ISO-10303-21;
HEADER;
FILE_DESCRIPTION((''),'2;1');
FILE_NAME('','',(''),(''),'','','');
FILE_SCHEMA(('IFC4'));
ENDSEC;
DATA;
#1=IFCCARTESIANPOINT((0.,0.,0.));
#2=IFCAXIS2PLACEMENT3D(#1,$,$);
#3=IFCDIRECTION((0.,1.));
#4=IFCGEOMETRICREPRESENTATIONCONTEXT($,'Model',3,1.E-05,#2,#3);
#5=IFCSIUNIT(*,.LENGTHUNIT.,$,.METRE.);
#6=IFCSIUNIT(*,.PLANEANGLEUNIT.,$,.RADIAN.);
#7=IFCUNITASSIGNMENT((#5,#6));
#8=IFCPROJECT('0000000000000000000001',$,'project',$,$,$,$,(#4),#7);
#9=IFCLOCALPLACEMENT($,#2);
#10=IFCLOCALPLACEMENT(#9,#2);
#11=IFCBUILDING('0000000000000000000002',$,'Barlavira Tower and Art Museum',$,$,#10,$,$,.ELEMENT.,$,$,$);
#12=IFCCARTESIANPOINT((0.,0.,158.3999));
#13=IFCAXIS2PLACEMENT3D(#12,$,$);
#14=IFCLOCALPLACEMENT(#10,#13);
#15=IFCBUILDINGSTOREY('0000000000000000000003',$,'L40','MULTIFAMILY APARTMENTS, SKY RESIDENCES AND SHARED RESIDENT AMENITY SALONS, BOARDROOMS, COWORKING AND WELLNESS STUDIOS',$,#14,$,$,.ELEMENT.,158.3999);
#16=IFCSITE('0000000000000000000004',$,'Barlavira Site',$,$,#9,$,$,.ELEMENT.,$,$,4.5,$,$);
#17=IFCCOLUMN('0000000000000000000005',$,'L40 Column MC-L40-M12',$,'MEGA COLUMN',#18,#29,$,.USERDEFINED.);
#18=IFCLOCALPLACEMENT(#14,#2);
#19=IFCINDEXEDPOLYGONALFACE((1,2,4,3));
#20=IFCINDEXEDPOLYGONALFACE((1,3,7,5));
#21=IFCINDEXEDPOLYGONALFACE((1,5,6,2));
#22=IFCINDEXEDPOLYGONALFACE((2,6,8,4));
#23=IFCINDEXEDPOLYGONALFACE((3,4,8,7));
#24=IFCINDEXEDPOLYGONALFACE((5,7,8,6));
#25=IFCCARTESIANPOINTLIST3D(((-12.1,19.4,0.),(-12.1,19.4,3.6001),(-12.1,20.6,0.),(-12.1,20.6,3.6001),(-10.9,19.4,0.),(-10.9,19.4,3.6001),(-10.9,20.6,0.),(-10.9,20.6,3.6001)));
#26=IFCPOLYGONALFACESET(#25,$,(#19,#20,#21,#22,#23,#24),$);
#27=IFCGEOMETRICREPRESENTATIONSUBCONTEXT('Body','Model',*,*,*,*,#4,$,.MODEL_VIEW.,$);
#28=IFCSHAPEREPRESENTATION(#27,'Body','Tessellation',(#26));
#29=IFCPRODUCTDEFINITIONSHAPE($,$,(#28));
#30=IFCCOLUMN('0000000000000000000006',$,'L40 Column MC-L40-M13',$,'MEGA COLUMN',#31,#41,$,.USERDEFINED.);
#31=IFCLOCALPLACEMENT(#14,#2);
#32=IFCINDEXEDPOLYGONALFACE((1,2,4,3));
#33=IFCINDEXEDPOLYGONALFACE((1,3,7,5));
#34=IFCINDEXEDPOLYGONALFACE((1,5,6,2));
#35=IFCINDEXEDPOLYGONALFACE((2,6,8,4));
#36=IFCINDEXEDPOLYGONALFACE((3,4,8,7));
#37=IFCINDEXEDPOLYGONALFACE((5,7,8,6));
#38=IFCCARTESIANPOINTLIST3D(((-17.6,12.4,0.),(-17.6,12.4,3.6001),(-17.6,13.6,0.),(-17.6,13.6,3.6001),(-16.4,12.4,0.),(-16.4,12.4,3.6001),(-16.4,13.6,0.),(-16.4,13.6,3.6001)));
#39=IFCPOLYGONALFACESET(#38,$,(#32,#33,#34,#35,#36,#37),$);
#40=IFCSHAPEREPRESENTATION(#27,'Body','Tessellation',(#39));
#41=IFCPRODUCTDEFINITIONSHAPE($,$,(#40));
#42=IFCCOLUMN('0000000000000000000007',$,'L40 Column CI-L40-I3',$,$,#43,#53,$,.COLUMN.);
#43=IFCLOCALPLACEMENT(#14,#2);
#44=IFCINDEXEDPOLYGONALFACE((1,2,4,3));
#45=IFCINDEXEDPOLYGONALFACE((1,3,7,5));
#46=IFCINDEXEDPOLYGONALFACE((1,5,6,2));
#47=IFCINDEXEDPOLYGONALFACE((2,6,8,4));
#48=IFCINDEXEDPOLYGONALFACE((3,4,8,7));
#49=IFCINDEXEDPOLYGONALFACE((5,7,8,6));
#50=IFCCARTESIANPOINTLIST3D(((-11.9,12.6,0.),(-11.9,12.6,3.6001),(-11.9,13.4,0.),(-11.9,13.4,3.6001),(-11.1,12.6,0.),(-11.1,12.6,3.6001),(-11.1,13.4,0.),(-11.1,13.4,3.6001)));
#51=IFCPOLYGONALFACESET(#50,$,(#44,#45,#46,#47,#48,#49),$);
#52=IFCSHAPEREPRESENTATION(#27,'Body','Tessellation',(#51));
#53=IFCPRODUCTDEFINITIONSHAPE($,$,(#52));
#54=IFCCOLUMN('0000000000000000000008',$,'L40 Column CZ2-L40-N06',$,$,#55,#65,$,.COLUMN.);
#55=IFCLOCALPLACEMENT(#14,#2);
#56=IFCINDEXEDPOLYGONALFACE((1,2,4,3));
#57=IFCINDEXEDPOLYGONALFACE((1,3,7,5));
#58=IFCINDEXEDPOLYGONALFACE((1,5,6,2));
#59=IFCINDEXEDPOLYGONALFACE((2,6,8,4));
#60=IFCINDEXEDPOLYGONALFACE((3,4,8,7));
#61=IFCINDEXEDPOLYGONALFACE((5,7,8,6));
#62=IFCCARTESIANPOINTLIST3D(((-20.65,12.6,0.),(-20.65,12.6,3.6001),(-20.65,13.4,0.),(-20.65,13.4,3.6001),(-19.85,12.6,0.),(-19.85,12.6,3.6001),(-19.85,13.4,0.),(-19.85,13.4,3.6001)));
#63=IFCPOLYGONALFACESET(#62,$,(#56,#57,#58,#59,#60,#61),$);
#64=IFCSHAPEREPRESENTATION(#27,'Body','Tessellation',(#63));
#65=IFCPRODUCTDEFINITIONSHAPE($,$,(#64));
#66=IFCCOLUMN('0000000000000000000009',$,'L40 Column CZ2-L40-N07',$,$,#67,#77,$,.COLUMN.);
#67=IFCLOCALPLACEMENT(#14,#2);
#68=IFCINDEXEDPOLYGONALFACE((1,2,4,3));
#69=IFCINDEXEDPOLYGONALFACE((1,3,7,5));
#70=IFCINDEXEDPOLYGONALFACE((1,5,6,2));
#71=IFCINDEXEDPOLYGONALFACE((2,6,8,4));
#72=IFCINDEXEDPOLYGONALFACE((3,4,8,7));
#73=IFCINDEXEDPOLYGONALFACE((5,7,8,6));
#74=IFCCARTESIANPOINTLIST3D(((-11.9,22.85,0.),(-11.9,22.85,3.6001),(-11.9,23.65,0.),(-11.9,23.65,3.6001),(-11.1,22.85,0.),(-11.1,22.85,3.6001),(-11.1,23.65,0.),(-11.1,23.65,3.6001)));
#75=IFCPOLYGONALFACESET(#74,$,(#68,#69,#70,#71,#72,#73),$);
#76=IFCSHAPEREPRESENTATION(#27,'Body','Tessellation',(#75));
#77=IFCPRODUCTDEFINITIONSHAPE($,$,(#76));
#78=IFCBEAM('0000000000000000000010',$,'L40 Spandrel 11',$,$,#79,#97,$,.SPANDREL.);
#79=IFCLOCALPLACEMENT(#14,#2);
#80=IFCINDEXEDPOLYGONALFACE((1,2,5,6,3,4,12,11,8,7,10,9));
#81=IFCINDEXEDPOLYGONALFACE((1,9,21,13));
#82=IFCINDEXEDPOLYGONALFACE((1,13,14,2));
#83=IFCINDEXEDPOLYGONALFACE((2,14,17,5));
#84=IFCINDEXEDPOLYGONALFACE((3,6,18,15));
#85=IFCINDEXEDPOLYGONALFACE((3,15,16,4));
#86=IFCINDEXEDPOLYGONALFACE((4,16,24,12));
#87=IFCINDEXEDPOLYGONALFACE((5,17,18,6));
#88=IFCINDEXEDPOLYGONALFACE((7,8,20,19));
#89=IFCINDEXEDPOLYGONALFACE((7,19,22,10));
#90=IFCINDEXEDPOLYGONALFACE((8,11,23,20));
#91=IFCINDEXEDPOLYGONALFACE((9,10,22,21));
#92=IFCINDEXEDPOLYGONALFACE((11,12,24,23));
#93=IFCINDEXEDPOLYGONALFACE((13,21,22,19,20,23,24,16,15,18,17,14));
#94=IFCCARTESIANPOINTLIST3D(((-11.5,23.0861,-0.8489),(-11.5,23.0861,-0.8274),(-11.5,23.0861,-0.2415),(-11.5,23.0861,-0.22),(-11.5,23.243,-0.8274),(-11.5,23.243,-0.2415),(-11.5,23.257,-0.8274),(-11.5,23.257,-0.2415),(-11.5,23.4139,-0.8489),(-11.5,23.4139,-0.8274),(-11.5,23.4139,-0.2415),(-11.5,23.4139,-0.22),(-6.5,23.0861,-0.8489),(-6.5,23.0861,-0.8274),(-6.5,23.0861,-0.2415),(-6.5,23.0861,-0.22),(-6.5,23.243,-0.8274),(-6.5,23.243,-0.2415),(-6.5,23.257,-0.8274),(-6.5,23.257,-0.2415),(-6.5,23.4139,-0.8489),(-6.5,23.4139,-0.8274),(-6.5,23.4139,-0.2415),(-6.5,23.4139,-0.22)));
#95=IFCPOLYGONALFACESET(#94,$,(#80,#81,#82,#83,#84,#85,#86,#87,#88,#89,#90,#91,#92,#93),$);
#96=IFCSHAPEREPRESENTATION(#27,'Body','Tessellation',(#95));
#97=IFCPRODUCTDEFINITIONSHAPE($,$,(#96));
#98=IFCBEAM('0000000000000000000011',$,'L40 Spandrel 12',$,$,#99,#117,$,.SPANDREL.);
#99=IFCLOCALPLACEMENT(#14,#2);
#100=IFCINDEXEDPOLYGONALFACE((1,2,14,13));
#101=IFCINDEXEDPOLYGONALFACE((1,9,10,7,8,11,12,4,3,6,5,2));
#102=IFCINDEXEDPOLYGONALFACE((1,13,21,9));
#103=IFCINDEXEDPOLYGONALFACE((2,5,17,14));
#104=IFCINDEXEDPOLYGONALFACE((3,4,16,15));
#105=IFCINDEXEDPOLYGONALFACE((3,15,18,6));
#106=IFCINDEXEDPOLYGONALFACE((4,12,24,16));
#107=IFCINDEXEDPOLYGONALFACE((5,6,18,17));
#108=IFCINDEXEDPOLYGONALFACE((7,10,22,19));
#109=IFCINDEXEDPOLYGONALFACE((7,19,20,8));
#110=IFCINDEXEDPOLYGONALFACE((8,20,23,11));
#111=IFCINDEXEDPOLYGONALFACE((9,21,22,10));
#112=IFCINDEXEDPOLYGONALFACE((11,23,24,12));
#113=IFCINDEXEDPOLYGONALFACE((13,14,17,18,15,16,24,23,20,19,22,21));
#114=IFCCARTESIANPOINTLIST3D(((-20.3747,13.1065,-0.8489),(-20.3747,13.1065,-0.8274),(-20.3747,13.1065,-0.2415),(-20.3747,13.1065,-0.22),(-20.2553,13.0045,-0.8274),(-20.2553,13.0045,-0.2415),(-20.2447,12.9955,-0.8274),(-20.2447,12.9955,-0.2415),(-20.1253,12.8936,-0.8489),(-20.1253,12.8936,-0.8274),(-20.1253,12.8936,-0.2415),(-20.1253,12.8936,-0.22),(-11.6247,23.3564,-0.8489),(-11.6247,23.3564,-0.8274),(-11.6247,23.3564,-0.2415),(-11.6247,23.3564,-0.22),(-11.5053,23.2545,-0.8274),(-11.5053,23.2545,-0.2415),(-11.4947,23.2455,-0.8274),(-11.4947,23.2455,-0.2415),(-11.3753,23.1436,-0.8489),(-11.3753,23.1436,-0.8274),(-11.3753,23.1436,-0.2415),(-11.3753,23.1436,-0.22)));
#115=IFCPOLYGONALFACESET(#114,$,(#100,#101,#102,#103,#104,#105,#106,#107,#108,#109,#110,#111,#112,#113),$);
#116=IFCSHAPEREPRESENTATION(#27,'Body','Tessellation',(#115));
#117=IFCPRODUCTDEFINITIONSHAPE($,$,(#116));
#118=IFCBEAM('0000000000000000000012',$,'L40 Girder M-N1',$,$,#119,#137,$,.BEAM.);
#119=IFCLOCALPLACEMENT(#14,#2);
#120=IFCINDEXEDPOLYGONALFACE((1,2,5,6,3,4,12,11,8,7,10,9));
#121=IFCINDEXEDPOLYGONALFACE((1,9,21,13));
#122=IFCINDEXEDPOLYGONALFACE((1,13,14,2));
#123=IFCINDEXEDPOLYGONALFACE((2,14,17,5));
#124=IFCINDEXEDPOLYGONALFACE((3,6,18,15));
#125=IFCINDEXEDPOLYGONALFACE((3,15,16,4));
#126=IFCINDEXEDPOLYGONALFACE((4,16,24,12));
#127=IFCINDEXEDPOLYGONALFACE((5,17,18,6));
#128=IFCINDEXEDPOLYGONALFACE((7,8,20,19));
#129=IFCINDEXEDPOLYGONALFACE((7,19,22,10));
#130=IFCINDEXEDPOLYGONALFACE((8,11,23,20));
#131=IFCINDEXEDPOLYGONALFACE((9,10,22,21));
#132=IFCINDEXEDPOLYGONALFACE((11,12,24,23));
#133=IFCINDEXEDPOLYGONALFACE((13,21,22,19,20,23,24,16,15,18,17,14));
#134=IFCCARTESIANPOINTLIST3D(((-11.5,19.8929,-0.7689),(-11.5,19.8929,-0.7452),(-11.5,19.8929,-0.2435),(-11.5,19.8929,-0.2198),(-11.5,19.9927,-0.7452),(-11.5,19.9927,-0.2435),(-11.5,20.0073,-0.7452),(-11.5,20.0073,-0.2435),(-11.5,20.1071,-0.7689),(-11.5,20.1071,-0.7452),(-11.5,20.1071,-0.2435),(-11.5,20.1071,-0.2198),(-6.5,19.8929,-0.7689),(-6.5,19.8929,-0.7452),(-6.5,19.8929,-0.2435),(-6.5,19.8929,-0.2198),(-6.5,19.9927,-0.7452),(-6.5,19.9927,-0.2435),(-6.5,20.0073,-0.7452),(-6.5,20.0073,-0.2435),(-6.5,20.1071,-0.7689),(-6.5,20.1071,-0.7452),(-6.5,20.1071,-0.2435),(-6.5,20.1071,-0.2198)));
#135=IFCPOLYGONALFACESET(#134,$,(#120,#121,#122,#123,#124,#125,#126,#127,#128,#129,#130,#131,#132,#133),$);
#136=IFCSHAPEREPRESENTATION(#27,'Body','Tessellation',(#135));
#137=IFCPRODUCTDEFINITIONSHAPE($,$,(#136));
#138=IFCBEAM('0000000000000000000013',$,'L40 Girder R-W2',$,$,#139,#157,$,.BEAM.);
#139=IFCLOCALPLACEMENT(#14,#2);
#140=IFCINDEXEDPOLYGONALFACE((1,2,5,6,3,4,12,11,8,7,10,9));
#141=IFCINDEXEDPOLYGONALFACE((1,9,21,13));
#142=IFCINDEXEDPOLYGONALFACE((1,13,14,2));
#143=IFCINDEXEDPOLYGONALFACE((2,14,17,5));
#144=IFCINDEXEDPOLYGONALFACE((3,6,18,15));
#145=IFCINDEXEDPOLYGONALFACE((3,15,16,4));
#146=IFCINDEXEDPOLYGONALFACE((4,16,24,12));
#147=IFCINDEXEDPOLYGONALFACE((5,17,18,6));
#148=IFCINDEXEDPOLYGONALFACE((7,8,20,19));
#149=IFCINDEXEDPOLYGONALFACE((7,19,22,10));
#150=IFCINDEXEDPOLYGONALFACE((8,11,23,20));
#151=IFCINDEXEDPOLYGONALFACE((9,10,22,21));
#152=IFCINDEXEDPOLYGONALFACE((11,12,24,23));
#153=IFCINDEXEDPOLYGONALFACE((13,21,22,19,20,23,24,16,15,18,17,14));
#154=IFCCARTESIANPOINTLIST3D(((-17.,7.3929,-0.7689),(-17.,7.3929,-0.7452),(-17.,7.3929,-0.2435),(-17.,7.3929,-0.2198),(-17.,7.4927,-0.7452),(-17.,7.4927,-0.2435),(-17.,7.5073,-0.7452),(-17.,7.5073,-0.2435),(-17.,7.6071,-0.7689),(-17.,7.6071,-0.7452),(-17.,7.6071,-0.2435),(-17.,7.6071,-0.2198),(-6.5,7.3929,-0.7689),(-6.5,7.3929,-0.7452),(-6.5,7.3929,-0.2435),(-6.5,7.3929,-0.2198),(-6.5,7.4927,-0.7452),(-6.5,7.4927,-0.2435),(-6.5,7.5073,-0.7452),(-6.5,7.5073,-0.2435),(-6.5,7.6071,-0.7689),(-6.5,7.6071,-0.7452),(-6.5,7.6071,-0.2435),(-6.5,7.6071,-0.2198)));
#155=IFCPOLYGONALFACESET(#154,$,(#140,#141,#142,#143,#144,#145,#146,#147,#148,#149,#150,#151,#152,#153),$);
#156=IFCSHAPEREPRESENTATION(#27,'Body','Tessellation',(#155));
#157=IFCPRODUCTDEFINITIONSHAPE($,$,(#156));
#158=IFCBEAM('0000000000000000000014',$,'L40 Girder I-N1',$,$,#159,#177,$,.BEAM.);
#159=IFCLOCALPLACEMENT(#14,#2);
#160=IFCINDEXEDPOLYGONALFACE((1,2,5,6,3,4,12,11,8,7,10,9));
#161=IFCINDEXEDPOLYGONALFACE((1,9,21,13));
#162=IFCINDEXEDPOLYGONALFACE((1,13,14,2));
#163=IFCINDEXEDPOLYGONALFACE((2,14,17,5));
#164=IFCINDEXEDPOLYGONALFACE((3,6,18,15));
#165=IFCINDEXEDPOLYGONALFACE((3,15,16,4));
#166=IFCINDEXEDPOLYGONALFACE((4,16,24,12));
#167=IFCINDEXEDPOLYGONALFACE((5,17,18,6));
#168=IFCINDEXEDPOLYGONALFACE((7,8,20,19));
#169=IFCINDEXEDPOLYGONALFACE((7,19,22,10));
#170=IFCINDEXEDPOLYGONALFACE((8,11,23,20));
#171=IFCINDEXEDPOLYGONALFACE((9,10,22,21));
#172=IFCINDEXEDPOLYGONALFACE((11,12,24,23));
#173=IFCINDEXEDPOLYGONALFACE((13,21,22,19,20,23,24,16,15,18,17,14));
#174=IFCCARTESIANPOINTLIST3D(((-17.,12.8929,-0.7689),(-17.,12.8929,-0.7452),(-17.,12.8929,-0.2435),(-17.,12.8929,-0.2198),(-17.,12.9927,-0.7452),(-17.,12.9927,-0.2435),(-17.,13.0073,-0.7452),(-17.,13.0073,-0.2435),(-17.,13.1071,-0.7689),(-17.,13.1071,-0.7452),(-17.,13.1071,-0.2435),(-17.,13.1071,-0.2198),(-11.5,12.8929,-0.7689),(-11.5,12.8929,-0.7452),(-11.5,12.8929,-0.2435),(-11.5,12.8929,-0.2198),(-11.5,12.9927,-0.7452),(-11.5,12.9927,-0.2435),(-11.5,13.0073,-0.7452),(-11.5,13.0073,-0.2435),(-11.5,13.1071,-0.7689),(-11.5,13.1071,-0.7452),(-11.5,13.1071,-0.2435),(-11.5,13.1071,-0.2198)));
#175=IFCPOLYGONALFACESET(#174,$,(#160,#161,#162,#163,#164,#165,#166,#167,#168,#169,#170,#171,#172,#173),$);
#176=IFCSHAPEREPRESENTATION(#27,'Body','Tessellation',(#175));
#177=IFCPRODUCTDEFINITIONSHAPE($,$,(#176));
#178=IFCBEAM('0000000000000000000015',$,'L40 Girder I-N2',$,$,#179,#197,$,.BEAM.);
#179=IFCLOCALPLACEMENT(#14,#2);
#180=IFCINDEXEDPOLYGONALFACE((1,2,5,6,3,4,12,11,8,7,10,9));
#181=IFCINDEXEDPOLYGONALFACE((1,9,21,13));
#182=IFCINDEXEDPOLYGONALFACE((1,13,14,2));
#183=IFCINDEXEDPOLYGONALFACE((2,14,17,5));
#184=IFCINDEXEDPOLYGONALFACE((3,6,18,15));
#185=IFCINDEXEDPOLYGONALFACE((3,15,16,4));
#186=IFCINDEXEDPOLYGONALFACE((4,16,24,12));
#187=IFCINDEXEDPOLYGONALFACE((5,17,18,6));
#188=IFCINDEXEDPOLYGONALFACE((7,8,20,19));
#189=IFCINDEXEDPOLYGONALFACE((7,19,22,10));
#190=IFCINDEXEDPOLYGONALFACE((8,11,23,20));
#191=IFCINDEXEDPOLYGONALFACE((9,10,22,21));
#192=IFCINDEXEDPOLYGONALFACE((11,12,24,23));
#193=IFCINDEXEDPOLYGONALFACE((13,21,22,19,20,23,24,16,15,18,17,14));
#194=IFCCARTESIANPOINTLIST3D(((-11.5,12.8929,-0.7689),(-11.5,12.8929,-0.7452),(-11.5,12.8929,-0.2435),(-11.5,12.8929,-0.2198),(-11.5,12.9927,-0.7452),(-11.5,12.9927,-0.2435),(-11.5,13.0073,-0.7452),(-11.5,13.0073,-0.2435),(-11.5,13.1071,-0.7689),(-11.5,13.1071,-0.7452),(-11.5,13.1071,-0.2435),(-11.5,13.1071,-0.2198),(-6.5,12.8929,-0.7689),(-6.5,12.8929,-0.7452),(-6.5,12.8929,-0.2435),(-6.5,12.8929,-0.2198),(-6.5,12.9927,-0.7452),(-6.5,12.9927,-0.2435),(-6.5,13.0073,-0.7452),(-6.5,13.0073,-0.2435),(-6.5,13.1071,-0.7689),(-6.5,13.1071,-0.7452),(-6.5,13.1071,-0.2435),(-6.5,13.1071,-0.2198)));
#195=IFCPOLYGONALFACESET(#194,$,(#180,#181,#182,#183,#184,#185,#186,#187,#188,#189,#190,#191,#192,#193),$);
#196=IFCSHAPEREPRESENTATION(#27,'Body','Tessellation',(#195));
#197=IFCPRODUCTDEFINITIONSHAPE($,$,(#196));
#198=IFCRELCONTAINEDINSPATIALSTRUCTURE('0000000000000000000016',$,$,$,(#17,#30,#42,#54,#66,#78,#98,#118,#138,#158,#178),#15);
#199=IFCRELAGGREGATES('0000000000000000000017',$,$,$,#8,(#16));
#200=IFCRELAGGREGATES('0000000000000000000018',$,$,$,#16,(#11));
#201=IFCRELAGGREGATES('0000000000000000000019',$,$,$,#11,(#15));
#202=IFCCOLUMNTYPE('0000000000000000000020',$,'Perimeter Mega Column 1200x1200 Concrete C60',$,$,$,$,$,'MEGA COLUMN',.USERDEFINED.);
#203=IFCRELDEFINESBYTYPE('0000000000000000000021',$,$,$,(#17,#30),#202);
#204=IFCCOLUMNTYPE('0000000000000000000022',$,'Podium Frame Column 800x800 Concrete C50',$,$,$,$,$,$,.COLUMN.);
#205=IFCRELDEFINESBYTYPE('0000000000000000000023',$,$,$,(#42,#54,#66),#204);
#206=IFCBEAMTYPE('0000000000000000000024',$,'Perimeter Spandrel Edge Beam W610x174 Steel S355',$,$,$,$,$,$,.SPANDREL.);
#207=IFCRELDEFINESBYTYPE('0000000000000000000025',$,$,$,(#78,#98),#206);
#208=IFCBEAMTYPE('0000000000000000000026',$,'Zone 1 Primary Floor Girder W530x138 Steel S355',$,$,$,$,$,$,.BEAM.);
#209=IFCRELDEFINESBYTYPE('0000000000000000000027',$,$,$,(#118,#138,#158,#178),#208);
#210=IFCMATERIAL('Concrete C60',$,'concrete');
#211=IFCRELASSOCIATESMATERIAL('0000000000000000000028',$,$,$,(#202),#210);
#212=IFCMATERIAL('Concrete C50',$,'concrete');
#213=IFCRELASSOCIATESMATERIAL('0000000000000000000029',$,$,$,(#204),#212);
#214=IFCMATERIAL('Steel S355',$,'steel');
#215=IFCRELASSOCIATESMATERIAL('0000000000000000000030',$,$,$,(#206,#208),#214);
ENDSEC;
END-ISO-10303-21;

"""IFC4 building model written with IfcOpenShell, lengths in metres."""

from ifc_helpers import new_model, si_unit, direction, frame, origin, origin_2d, place, context, subcontext, project, spatial, rectangle, i_section, extrude, material, material_profile, profile_set, type_object, element, save


model = new_model("IFC4")

# Units and contexts
model_context = context("Model", 3, precision=1e-05, world=origin(), true_north=direction((0.0, 1.0)))
body_context = subcontext(model_context, "Body", "Model", "MODEL_VIEW")
ifc_project = project(units=[si_unit("LENGTHUNIT", "METRE"), si_unit("PLANEANGLEUNIT", "RADIAN")], contexts=[model_context])

# Site, building, storey
site_placement = place(None, origin())
site = spatial("IfcSite", under=ifc_project, at=site_placement, Name="Barlavira Site", CompositionType="ELEMENT", RefElevation=4.5)
building_placement = place(site_placement, origin())
building = spatial("IfcBuilding", under=site, at=building_placement, Name="Barlavira Tower and Art Museum", CompositionType="ELEMENT")
storey_placement = place(building_placement, frame((0.0, 0.0, 158.3999)))
storey = spatial("IfcBuildingStorey", under=building, at=storey_placement, Name="L40", Description="MULTIFAMILY APARTMENTS, SKY RESIDENCES AND SHARED RESIDENT AMENITY SALONS, BOARDROOMS, COWORKING AND WELLNESS STUDIOS", CompositionType="ELEMENT", Elevation=158.3999)

# Columns
ifc_material_1 = material(Name="Concrete C60", Category="concrete")
ifc_material_profile_1 = material_profile(ifc_material_1, rectangle(XDim=1.2, YDim=1.2, at=origin_2d()), Name="RC-COL 1200x1200")
ifc_profile_set_1 = profile_set([ifc_material_profile_1], Name="Concrete C60")
column_type_1 = type_object("IfcColumnType", Name="Perimeter Mega Column 1200x1200 Concrete C60", ElementType="MEGA COLUMN", PredefinedType="USERDEFINED", material=ifc_profile_set_1)
for number, where, z_axis, x_axis, name in (
    (1, (-11.5, 20.0, 0.0), (0.0, 0.0, 1.0), (1.0, 0.0, 0.0), "L40 Column MC-L40-M12"),
    (2, (-17.0, 13.0, 0.0), (0.0, 0.0, 1.0), (1.0, 0.0, 0.0), "L40 Column MC-L40-M13"),
):
    element("IfcColumn", number, at=place(storey_placement, frame(where, z_axis=z_axis, x_axis=x_axis)), inside=storey, type_object=column_type_1, Name=name, ObjectType="MEGA COLUMN", PredefinedType="USERDEFINED", context=body_context, shape_type="SweptSolid", body=[
        extrude(rectangle(XDim=1.2, YDim=1.2, at=origin_2d()), origin(), (0.0, 0.0, 1.0), 3.6001),
    ])
ifc_material_2 = material(Name="Concrete C50", Category="concrete")
ifc_material_profile_2 = material_profile(ifc_material_2, rectangle(XDim=0.8, YDim=0.8, at=origin_2d()), Name="RC-COL 800x800")
ifc_profile_set_2 = profile_set([ifc_material_profile_2], Name="Concrete C50")
column_type_2 = type_object("IfcColumnType", Name="Podium Frame Column 800x800 Concrete C50", PredefinedType="COLUMN", material=ifc_profile_set_2)
for number, where, z_axis, x_axis, name in (
    (3, (-11.5, 13.0, 0.0), (0.0, 0.0, 1.0), (1.0, 0.0, 0.0), "L40 Column CI-L40-I3"),
    (4, (-20.25, 13.0, 0.0), (0.0, 0.0, 1.0), (1.0, 0.0, 0.0), "L40 Column CZ2-L40-N06"),
    (5, (-11.5, 23.25, 0.0), (0.0, 0.0, 1.0), (1.0, 0.0, 0.0), "L40 Column CZ2-L40-N07"),
):
    element("IfcColumn", number, at=place(storey_placement, frame(where, z_axis=z_axis, x_axis=x_axis)), inside=storey, type_object=column_type_2, Name=name, PredefinedType="COLUMN", context=body_context, shape_type="SweptSolid", body=[
        extrude(rectangle(XDim=0.8, YDim=0.8, at=origin_2d()), origin(), (0.0, 0.0, 1.0), 3.6001),
    ])

# Beams
ifc_material_3 = material(Name="Steel S355", Category="steel")
ifc_material_profile_3 = material_profile(ifc_material_3, i_section(OverallWidth=0.3279, OverallDepth=0.6289, WebThickness=0.0139, FlangeThickness=0.0215, at=origin_2d()), Name="W610x174.0")
ifc_profile_set_3 = profile_set([ifc_material_profile_3], Name="Steel S355")
beam_type_1 = type_object("IfcBeamType", Name="Perimeter Spandrel Edge Beam W610x174 Steel S355", PredefinedType="SPANDREL", material=ifc_profile_set_3)
beam_1_placement = place(storey_placement, frame((-11.5, 23.25, -0.5344), z_axis=(1.0, 0.0, 0.0), x_axis=(0.0, 1.0, 0.0)))
element("IfcBeam", 6, at=beam_1_placement, inside=storey, type_object=beam_type_1, Name="L40 Spandrel 11", PredefinedType="SPANDREL", context=body_context, shape_type="SweptSolid", body=[
    extrude(i_section(OverallWidth=0.3279, OverallDepth=0.6289, WebThickness=0.0139, FlangeThickness=0.0215, at=origin_2d()), origin(), (0.0, 0.0, 1.0), 5.0),
])
beam_2_placement = place(storey_placement, frame((-11.5, 23.25, -0.5344), z_axis=(-0.649262, -0.760565, 0.0), x_axis=(0.760565, -0.649262, 0.0)))
element("IfcBeam", 7, at=beam_2_placement, inside=storey, type_object=beam_type_1, Name="L40 Spandrel 12", PredefinedType="SPANDREL", context=body_context, shape_type="SweptSolid", body=[
    extrude(i_section(OverallWidth=0.3279, OverallDepth=0.6289, WebThickness=0.0139, FlangeThickness=0.0215, at=origin_2d()), origin(), (0.0, 0.0, 1.0), 13.4768),
])
ifc_material_profile_4 = material_profile(ifc_material_3, i_section(OverallWidth=0.2141, OverallDepth=0.5491, WebThickness=0.0146, FlangeThickness=0.0237, at=origin_2d()), Name="W530x138.0")
ifc_profile_set_4 = profile_set([ifc_material_profile_4], Name="Steel S355")
beam_type_2 = type_object("IfcBeamType", Name="Zone 1 Primary Floor Girder W530x138 Steel S355", PredefinedType="BEAM", material=ifc_profile_set_4)
beam_3_placement = place(storey_placement, frame((-11.5, 20.0, -0.4944), z_axis=(1.0, 0.0, 0.0), x_axis=(0.0, 1.0, 0.0)))
element("IfcBeam", 8, at=beam_3_placement, inside=storey, type_object=beam_type_2, Name="L40 Girder M-N1", PredefinedType="BEAM", context=body_context, shape_type="SweptSolid", body=[
    extrude(i_section(OverallWidth=0.2141, OverallDepth=0.5491, WebThickness=0.0146, FlangeThickness=0.0237, at=origin_2d()), origin(), (0.0, 0.0, 1.0), 5.0),
])
beam_4_placement = place(storey_placement, frame((-17.0, 7.5, -0.4944), z_axis=(1.0, 0.0, 0.0), x_axis=(0.0, 1.0, 0.0)))
element("IfcBeam", 9, at=beam_4_placement, inside=storey, type_object=beam_type_2, Name="L40 Girder R-W2", PredefinedType="BEAM", context=body_context, shape_type="SweptSolid", body=[
    extrude(i_section(OverallWidth=0.2141, OverallDepth=0.5491, WebThickness=0.0146, FlangeThickness=0.0237, at=origin_2d()), origin(), (0.0, 0.0, 1.0), 10.5),
])
beam_5_placement = place(storey_placement, frame((-17.0, 13.0, -0.4944), z_axis=(1.0, 0.0, 0.0), x_axis=(0.0, 1.0, 0.0)))
element("IfcBeam", 10, at=beam_5_placement, inside=storey, type_object=beam_type_2, Name="L40 Girder I-N1", PredefinedType="BEAM", context=body_context, shape_type="SweptSolid", body=[
    extrude(i_section(OverallWidth=0.2141, OverallDepth=0.5491, WebThickness=0.0146, FlangeThickness=0.0237, at=origin_2d()), origin(), (0.0, 0.0, 1.0), 5.5),
])
beam_6_placement = place(storey_placement, frame((-11.5, 13.0, -0.4944), z_axis=(1.0, 0.0, 0.0), x_axis=(0.0, 1.0, 0.0)))
element("IfcBeam", 11, at=beam_6_placement, inside=storey, type_object=beam_type_2, Name="L40 Girder I-N2", PredefinedType="BEAM", context=body_context, shape_type="SweptSolid", body=[
    extrude(i_section(OverallWidth=0.2141, OverallDepth=0.5491, WebThickness=0.0146, FlangeThickness=0.0237, at=origin_2d()), origin(), (0.0, 0.0, 1.0), 5.0),
])

save(model, "model.ifc")
